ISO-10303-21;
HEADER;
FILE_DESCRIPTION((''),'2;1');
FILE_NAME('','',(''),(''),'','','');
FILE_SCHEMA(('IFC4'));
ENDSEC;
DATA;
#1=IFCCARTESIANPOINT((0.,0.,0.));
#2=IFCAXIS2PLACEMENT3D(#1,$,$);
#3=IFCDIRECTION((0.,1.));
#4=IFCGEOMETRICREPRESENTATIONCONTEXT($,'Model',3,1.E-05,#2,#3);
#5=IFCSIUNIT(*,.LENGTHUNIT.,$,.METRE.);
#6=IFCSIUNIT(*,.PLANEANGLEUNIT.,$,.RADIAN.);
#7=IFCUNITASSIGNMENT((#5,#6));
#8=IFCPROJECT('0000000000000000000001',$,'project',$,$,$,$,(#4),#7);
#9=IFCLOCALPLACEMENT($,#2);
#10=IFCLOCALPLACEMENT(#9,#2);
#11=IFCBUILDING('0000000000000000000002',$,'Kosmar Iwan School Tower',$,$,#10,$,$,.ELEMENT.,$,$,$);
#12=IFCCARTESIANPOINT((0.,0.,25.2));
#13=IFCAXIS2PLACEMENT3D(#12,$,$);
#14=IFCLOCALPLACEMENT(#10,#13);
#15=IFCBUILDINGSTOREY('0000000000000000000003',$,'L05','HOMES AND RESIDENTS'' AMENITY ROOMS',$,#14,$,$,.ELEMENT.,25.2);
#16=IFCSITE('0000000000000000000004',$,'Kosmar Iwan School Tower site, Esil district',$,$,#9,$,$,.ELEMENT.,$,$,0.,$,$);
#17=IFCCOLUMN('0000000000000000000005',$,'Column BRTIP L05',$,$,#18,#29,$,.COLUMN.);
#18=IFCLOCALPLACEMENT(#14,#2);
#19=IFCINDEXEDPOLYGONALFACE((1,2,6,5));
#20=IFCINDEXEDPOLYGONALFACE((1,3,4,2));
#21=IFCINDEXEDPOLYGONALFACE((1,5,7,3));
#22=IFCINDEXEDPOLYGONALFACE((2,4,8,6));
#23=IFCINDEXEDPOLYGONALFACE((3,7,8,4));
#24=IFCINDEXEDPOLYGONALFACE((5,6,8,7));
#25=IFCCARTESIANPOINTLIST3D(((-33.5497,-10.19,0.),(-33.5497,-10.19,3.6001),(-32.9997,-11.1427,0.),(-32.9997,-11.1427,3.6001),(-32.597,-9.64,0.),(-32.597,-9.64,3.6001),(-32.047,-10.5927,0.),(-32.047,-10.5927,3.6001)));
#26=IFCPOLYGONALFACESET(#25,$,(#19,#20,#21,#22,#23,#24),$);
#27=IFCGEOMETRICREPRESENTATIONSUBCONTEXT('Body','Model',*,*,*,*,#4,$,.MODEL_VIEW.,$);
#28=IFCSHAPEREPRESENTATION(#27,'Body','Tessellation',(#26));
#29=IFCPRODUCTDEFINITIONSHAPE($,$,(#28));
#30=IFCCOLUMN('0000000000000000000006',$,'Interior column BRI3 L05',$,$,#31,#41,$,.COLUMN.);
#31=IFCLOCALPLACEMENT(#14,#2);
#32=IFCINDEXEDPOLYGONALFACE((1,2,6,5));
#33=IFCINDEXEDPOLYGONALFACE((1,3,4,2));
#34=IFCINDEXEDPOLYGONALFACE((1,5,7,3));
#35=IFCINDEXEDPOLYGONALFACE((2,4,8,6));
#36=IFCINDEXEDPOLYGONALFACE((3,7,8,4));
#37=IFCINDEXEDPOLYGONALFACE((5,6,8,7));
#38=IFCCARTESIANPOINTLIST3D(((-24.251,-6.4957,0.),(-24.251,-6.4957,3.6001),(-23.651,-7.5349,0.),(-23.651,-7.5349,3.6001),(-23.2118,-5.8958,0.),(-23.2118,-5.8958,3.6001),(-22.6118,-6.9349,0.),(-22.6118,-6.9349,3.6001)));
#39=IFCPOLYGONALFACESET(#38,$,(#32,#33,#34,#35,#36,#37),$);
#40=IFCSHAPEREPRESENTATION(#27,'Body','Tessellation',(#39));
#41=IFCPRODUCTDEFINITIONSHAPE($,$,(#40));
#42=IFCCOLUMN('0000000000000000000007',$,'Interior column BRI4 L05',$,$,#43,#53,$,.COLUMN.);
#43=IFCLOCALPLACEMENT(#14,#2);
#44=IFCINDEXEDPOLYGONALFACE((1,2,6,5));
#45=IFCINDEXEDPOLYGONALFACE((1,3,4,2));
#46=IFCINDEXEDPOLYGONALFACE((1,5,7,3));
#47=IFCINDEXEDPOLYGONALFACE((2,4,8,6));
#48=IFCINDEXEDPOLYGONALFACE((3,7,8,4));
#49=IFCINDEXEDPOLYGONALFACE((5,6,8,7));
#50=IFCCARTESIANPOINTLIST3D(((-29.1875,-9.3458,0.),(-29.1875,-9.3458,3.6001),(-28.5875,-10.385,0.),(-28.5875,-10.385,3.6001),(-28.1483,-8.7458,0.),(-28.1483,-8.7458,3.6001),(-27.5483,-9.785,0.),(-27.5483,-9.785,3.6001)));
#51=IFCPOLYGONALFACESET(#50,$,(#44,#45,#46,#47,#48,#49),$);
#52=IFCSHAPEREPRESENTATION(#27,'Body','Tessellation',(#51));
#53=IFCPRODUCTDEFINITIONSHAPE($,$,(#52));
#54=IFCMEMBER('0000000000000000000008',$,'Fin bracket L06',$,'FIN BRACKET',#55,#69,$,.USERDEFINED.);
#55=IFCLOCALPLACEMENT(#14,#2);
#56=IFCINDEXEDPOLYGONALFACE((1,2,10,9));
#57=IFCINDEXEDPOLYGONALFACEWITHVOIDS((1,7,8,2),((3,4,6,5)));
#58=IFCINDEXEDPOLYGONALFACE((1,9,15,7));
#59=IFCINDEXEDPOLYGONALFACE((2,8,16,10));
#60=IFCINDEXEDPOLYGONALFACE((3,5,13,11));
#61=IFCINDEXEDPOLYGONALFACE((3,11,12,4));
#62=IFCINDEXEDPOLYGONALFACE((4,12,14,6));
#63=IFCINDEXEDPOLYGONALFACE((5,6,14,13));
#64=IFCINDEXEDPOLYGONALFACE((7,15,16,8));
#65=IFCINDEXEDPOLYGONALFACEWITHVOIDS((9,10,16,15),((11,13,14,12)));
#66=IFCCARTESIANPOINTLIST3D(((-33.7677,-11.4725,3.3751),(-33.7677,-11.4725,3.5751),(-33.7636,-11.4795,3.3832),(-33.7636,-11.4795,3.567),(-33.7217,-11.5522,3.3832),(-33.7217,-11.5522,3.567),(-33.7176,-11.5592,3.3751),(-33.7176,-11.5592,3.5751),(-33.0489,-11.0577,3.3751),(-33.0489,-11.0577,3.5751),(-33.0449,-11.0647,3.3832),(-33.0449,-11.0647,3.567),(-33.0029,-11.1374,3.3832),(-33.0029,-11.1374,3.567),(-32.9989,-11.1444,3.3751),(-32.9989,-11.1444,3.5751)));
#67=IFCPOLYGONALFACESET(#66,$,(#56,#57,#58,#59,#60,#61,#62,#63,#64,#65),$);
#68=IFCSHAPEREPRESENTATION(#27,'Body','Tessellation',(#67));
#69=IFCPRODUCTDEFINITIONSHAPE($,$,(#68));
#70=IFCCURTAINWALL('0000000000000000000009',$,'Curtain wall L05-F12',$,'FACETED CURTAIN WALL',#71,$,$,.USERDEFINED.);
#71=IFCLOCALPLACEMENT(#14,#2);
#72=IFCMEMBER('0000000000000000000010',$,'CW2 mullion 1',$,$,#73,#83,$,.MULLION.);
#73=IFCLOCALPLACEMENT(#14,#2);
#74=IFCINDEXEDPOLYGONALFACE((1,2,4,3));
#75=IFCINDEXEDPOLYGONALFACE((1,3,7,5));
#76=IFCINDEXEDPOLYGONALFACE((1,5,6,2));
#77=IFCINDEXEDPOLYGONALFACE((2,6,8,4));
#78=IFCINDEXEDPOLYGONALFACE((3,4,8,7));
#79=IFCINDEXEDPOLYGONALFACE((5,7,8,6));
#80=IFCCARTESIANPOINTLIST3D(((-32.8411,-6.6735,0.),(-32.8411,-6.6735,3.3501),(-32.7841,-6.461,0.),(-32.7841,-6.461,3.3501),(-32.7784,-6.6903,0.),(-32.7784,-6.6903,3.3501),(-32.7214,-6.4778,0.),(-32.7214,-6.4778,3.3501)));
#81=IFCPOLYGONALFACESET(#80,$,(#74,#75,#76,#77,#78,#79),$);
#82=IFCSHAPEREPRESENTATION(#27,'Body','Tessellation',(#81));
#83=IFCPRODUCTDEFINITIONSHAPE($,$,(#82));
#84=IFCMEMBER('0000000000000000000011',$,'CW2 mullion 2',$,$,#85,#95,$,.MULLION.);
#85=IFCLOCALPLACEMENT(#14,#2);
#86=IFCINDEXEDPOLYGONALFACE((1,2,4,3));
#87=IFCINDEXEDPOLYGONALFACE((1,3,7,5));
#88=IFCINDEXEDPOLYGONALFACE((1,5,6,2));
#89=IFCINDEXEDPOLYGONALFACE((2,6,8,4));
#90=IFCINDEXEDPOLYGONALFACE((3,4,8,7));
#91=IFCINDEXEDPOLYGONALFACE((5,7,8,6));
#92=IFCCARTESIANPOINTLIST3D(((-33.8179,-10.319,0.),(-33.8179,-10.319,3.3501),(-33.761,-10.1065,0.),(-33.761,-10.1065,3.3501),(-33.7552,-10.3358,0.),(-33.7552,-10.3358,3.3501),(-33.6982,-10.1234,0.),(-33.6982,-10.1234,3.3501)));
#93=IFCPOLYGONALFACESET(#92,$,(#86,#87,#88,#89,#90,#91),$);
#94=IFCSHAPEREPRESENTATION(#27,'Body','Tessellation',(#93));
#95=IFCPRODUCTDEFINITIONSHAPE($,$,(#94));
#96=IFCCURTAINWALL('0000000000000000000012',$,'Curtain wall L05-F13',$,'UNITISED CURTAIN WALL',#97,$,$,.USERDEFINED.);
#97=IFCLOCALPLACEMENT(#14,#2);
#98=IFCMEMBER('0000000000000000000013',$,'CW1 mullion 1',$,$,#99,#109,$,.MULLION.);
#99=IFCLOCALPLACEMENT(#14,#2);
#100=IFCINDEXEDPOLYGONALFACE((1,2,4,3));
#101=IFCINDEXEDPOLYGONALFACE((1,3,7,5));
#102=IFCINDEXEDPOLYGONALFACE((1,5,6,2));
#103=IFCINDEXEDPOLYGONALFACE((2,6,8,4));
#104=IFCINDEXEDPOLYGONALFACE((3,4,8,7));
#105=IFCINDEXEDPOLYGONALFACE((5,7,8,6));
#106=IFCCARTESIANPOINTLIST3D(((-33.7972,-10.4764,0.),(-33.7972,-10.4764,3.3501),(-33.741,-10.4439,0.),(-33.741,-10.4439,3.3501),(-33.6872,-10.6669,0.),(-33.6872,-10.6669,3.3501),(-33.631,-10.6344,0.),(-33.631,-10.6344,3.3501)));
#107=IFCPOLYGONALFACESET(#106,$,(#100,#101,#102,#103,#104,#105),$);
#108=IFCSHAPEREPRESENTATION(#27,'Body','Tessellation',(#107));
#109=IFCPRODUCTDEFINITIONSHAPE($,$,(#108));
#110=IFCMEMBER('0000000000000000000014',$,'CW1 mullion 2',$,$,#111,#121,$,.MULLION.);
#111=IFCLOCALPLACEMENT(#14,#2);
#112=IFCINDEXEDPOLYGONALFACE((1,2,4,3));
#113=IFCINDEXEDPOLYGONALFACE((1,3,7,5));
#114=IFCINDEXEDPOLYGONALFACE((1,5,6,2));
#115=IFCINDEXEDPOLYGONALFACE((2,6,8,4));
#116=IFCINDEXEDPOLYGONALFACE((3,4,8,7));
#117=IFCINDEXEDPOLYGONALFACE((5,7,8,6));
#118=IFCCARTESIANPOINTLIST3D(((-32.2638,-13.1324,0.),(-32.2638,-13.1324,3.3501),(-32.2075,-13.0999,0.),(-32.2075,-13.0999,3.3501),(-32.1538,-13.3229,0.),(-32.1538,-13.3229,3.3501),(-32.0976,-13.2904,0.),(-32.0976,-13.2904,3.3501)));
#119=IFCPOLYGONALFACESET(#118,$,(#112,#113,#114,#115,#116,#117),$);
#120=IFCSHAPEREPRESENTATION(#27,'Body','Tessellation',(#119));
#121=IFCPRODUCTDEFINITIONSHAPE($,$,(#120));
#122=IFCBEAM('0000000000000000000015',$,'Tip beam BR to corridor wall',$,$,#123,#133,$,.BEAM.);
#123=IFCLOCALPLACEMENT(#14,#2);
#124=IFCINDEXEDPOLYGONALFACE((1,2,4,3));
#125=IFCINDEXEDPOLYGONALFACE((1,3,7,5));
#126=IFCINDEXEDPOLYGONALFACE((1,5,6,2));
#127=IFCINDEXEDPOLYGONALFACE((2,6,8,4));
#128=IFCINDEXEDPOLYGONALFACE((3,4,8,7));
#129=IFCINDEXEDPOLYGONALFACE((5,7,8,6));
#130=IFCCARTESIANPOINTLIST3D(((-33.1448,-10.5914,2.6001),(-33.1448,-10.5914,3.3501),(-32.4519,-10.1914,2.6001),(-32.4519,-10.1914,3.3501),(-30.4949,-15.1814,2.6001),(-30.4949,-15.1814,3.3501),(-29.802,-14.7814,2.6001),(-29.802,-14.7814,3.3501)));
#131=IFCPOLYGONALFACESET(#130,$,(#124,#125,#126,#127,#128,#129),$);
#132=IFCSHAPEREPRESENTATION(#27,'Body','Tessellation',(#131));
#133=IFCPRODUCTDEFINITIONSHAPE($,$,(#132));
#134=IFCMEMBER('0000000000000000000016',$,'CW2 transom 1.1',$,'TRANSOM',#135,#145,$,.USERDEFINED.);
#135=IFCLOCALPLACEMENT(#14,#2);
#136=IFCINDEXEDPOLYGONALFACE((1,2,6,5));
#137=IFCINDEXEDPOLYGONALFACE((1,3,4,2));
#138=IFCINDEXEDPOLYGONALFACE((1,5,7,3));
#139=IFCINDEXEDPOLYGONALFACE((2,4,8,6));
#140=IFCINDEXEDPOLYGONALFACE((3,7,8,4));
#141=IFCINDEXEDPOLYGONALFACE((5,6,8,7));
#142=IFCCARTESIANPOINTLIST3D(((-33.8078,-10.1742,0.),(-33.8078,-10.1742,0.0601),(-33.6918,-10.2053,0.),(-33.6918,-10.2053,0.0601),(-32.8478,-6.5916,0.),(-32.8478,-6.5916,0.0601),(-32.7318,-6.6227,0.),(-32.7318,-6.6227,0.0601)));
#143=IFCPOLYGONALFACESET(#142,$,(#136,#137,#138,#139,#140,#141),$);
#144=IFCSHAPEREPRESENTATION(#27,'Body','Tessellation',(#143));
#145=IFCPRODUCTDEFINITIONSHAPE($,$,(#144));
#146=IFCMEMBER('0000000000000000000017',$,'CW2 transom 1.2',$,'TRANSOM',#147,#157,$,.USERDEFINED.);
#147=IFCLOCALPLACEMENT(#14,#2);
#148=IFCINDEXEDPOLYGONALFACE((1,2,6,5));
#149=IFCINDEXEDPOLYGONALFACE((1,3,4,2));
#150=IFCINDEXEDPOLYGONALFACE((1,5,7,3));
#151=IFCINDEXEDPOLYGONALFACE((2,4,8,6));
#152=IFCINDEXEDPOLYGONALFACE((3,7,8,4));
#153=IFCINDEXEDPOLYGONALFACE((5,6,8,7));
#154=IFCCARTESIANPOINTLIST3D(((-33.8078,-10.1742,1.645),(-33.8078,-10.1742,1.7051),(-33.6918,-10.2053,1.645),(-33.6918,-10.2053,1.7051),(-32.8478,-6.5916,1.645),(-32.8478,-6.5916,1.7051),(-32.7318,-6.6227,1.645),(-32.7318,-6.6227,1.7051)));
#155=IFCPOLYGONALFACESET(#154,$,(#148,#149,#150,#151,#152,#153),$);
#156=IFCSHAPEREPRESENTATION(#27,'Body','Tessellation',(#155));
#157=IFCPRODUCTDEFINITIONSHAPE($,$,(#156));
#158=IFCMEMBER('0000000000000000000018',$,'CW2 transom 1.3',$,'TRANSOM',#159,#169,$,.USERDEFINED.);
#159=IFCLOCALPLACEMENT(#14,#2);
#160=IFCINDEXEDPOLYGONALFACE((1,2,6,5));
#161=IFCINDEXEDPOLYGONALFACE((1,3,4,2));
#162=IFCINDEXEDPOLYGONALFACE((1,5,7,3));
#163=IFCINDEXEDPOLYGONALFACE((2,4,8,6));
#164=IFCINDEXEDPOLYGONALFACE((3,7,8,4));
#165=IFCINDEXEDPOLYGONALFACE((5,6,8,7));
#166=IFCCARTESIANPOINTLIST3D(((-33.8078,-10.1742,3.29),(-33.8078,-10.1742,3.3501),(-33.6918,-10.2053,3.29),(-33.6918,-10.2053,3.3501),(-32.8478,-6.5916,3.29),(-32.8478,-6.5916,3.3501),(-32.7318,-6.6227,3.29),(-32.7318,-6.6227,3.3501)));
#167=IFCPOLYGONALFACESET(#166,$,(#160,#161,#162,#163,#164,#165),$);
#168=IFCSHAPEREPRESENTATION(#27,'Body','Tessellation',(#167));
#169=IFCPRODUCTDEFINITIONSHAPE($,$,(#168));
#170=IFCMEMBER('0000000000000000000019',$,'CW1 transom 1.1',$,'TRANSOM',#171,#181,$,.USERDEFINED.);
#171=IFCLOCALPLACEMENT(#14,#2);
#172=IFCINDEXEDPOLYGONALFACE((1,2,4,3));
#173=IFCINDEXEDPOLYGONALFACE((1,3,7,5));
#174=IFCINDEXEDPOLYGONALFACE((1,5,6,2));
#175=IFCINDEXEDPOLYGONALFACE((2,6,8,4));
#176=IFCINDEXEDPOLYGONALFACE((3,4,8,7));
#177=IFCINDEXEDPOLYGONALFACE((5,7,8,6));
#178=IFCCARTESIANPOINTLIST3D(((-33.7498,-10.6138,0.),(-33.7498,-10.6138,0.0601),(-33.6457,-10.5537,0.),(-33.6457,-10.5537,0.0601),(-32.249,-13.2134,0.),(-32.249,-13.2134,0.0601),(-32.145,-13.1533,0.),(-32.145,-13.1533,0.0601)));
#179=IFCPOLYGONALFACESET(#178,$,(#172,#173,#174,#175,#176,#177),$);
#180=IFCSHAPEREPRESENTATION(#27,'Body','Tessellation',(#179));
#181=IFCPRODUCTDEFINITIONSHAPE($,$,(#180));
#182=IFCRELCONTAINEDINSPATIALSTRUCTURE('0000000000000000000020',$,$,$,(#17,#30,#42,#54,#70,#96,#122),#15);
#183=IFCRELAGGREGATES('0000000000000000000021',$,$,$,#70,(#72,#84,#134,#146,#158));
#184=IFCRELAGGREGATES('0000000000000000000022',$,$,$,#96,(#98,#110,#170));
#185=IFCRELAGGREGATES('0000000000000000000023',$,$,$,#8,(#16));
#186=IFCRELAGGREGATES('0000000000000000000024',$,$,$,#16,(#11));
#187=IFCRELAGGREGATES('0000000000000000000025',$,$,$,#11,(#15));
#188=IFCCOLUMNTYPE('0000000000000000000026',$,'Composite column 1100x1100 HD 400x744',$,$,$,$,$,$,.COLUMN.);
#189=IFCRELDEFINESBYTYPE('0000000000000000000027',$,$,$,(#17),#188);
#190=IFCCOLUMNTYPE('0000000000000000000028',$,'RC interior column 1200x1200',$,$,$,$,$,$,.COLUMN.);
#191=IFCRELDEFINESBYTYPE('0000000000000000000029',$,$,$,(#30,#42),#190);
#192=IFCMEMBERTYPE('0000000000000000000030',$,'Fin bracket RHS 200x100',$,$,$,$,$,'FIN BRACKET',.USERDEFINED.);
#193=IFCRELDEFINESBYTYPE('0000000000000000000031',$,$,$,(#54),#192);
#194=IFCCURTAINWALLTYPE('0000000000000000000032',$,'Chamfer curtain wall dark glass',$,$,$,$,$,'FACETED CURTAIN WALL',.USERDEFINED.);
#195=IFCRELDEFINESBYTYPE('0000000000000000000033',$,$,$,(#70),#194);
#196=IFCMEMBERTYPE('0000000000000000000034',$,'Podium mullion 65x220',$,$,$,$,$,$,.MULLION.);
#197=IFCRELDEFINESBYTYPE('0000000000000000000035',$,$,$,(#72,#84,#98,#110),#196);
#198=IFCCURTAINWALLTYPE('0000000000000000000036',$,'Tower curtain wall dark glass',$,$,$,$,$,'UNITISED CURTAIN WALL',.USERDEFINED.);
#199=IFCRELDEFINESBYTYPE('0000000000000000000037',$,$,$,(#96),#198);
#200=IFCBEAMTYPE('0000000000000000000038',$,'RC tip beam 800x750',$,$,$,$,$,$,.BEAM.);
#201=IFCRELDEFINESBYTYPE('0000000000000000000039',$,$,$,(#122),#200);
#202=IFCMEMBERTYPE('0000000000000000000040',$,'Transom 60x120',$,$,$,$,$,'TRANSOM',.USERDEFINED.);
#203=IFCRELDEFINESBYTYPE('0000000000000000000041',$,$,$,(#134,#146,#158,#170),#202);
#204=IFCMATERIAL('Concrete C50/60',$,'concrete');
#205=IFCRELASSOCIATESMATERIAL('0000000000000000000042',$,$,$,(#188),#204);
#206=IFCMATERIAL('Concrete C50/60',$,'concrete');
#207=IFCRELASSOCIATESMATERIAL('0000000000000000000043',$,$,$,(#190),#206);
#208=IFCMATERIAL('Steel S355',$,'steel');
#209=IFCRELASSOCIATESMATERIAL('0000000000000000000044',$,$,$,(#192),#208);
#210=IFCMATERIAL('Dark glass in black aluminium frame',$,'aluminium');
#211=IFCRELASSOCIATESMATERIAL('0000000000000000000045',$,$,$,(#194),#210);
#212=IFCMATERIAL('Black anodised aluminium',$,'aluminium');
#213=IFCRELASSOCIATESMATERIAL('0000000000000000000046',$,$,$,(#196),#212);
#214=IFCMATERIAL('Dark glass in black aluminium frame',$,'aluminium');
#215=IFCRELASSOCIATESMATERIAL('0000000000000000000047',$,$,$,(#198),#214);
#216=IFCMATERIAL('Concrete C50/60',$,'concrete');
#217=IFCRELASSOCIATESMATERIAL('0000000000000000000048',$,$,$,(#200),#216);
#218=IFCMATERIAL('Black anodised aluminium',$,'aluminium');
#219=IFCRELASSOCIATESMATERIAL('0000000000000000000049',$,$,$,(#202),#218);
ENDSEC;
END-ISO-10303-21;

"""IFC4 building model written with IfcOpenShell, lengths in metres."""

from ifc_helpers import new_model, si_unit, direction, frame, origin, origin_2d, place, context, subcontext, project, spatial, rectangle, hollow_rectangle, extrude, material, material_profile, profile_set, type_object, element, aggregate, save


model = new_model("IFC4")

# Units and contexts
model_context = context("Model", 3, precision=1e-05, world=origin(), true_north=direction((0.0, 1.0)))
body_context = subcontext(model_context, "Body", "Model", "MODEL_VIEW")
ifc_project = project(units=[si_unit("LENGTHUNIT", "METRE"), si_unit("PLANEANGLEUNIT", "RADIAN")], contexts=[model_context])

# Site, building, storey
site_placement = place(None, origin())
site = spatial("IfcSite", under=ifc_project, at=site_placement, Name="Kosmar Iwan School Tower site, Esil district", CompositionType="ELEMENT", RefElevation=0.0)
building_placement = place(site_placement, origin())
building = spatial("IfcBuilding", under=site, at=building_placement, Name="Kosmar Iwan School Tower", CompositionType="ELEMENT")
storey_placement = place(building_placement, frame((0.0, 0.0, 25.2)))
storey = spatial("IfcBuildingStorey", under=building, at=storey_placement, Name="L05", Description="HOMES AND RESIDENTS' AMENITY ROOMS", CompositionType="ELEMENT", Elevation=25.2)

# Columns
ifc_material_1 = material(Name="Concrete C50/60", Category="concrete")
ifc_material_profile_1 = material_profile(ifc_material_1, rectangle(XDim=1.1001, YDim=1.1001, at=origin_2d()), Name="RC 1100x1100 + HD 400x744")
ifc_profile_set_1 = profile_set([ifc_material_profile_1], Name="Concrete C50/60")
column_type_1 = type_object("IfcColumnType", Name="Composite column 1100x1100 HD 400x744", PredefinedType="COLUMN", material=ifc_profile_set_1)
column_placement = place(storey_placement, frame((-32.7983, -10.3914, 0.0), z_axis=(0.0, 0.0, 1.0), x_axis=(-0.866025, -0.5, 0.0)))
element("IfcColumn", 1, at=column_placement, inside=storey, type_object=column_type_1, Name="Column BRTIP L05", PredefinedType="COLUMN", context=body_context, shape_type="SweptSolid", body=[
    extrude(rectangle(XDim=1.1001, YDim=1.1001, at=origin_2d()), origin(), (0.0, 0.0, 1.0), 3.6001),
])
ifc_material_2 = material(Name="Concrete C50/60", Category="concrete")
ifc_material_profile_2 = material_profile(ifc_material_2, rectangle(XDim=1.2, YDim=1.2, at=origin_2d()), Name="RC 1200x1200")
ifc_profile_set_2 = profile_set([ifc_material_profile_2], Name="Concrete C50/60")
column_type_2 = type_object("IfcColumnType", Name="RC interior column 1200x1200", PredefinedType="COLUMN", material=ifc_profile_set_2)
for number, where, z_axis, x_axis, name in (
    (2, (-23.4314, -6.7153, 0.0), (0.0, 0.0, 1.0), (-0.866025, -0.5, 0.0), "Interior column BRI3 L05"),
    (3, (-28.3679, -9.5654, 0.0), (0.0, 0.0, 1.0), (-0.866025, -0.5, 0.0), "Interior column BRI4 L05"),
):
    element("IfcColumn", number, at=place(storey_placement, frame(where, z_axis=z_axis, x_axis=x_axis)), inside=storey, type_object=column_type_2, Name=name, PredefinedType="COLUMN", context=body_context, shape_type="SweptSolid", body=[
        extrude(rectangle(XDim=1.2, YDim=1.2, at=origin_2d()), origin(), (0.0, 0.0, 1.0), 3.6001),
    ])

# Member
ifc_material_3 = material(Name="Steel S355", Category="steel")
ifc_material_profile_3 = material_profile(ifc_material_3, hollow_rectangle(XDim=0.1001, YDim=0.2, WallThickness=0.0081, at=origin_2d()), Name="RHS 200x100x8")
ifc_profile_set_3 = profile_set([ifc_material_profile_3], Name="Steel S355")
member_type_1 = type_object("IfcMemberType", Name="Fin bracket RHS 200x100", ElementType="FIN BRACKET", PredefinedType="USERDEFINED", material=ifc_profile_set_3)
member_1_placement = place(storey_placement, frame((-33.0239, -11.1011, 3.4751), z_axis=(-0.866117, -0.499841, 0.0), x_axis=(0.499841, -0.866117, 0.0)))
element("IfcMember", 4, at=member_1_placement, inside=storey, type_object=member_type_1, Name="Fin bracket L06", ObjectType="FIN BRACKET", PredefinedType="USERDEFINED", context=body_context, shape_type="SweptSolid", body=[
    extrude(hollow_rectangle(XDim=0.1001, YDim=0.2, WallThickness=0.0081, at=origin_2d()), origin(), (0.0, 0.0, 1.0), 0.8298),
])

# Curtain walls, members
ifc_material_4 = material(Name="Dark glass in black aluminium frame", Category="aluminium")
curtain_wall_type_1 = type_object("IfcCurtainWallType", Name="Chamfer curtain wall dark glass", ElementType="FACETED CURTAIN WALL", PredefinedType="USERDEFINED", material=ifc_material_4)
curtain_wall_1_placement = place(storey_placement, origin())
curtain_wall_1 = element("IfcCurtainWall", 5, at=curtain_wall_1_placement, inside=storey, type_object=curtain_wall_type_1, Name="Curtain wall L05-F12", ObjectType="FACETED CURTAIN WALL", PredefinedType="USERDEFINED")
ifc_material_5 = material(Name="Black anodised aluminium", Category="aluminium")
ifc_material_profile_4 = material_profile(ifc_material_5, rectangle(XDim=0.0649, YDim=0.22, at=origin_2d()), Name="MULLION 65x220")
ifc_profile_set_4 = profile_set([ifc_material_profile_4], Name="Black anodised aluminium")
member_type_2 = type_object("IfcMemberType", Name="Podium mullion 65x220", PredefinedType="MULLION", material=ifc_profile_set_4)
member_2_placement = place(storey_placement, frame((-32.7812, -6.5757, 0.0), z_axis=(0.0, 0.0, 1.0), x_axis=(0.965926, -0.258819, 0.0)))
member_2 = element("IfcMember", 6, at=member_2_placement, type_object=member_type_2, Name="CW2 mullion 1", PredefinedType="MULLION", context=body_context, shape_type="SweptSolid", body=[
    extrude(rectangle(XDim=0.0649, YDim=0.22, at=origin_2d()), origin(), (0.0, 0.0, 1.0), 3.3501),
])
member_3_placement = place(storey_placement, frame((-33.7581, -10.2212, 0.0), z_axis=(0.0, 0.0, 1.0), x_axis=(0.965926, -0.258819, 0.0)))
member_3 = element("IfcMember", 7, at=member_3_placement, type_object=member_type_2, Name="CW2 mullion 2", PredefinedType="MULLION", context=body_context, shape_type="SweptSolid", body=[
    extrude(rectangle(XDim=0.0649, YDim=0.22, at=origin_2d()), origin(), (0.0, 0.0, 1.0), 3.3501),
])
ifc_material_6 = material(Name="Dark glass in black aluminium frame", Category="aluminium")
curtain_wall_type_2 = type_object("IfcCurtainWallType", Name="Tower curtain wall dark glass", ElementType="UNITISED CURTAIN WALL", PredefinedType="USERDEFINED", material=ifc_material_6)
curtain_wall_2_placement = place(storey_placement, origin())
curtain_wall_2 = element("IfcCurtainWall", 8, at=curtain_wall_2_placement, inside=storey, type_object=curtain_wall_type_2, Name="Curtain wall L05-F13", ObjectType="UNITISED CURTAIN WALL", PredefinedType="USERDEFINED")
member_4_placement = place(storey_placement, frame((-33.7141, -10.5554, 0.0), z_axis=(0.0, 0.0, 1.0), x_axis=(0.866025, 0.5, 0.0)))
member_4 = element("IfcMember", 9, at=member_4_placement, type_object=member_type_2, Name="CW1 mullion 1", PredefinedType="MULLION", context=body_context, shape_type="SweptSolid", body=[
    extrude(rectangle(XDim=0.0649, YDim=0.22, at=origin_2d()), origin(), (0.0, 0.0, 1.0), 3.3501),
])
member_5_placement = place(storey_placement, frame((-32.1807, -13.2114, 0.0), z_axis=(0.0, 0.0, 1.0), x_axis=(0.866025, 0.5, 0.0)))
member_5 = element("IfcMember", 10, at=member_5_placement, type_object=member_type_2, Name="CW1 mullion 2", PredefinedType="MULLION", context=body_context, shape_type="SweptSolid", body=[
    extrude(rectangle(XDim=0.0649, YDim=0.22, at=origin_2d()), origin(), (0.0, 0.0, 1.0), 3.3501),
])

# Beam
ifc_material_7 = material(Name="Concrete C50/60", Category="concrete")
ifc_material_profile_5 = material_profile(ifc_material_7, rectangle(XDim=0.8, YDim=0.75, at=origin_2d()), Name="RC 800x750")
ifc_profile_set_5 = profile_set([ifc_material_profile_5], Name="Concrete C50/60")
beam_type = type_object("IfcBeamType", Name="RC tip beam 800x750", PredefinedType="BEAM", material=ifc_profile_set_5)
beam_placement = place(storey_placement, frame((-32.7983, -10.3914, 2.9751), z_axis=(0.499974, -0.866041, 0.0), x_axis=(0.866041, 0.499974, 0.0)))
element("IfcBeam", 11, at=beam_placement, inside=storey, type_object=beam_type, Name="Tip beam BR to corridor wall", PredefinedType="BEAM", context=body_context, shape_type="SweptSolid", body=[
    extrude(rectangle(XDim=0.8, YDim=0.75, at=origin_2d()), origin(), (0.0, 0.0, 1.0), 5.3),
])

# Members
ifc_material_8 = material(Name="Black anodised aluminium", Category="aluminium")
ifc_material_profile_6 = material_profile(ifc_material_8, rectangle(XDim=0.1201, YDim=0.0601, at=origin_2d()), Name="TRANSOM 60x120")
ifc_profile_set_6 = profile_set([ifc_material_profile_6], Name="Black anodised aluminium")
member_type_3 = type_object("IfcMemberType", Name="Transom 60x120", ElementType="TRANSOM", PredefinedType="USERDEFINED", material=ifc_profile_set_6)
member_6_placement = place(storey_placement, frame((-32.7898, -6.6072, 0.03), z_axis=(-0.258826, -0.965924, 0.0), x_axis=(0.965924, -0.258826, 0.0)))
member_6 = element("IfcMember", 12, at=member_6_placement, type_object=member_type_3, Name="CW2 transom 1.1", ObjectType="TRANSOM", PredefinedType="USERDEFINED", context=body_context, shape_type="SweptSolid", body=[
    extrude(rectangle(XDim=0.1201, YDim=0.0601, at=origin_2d()), origin(), (0.0, 0.0, 1.0), 3.709),
])
member_7_placement = place(storey_placement, frame((-32.7898, -6.6072, 1.675), z_axis=(-0.258826, -0.965924, 0.0), x_axis=(0.965924, -0.258826, 0.0)))
member_7 = element("IfcMember", 13, at=member_7_placement, type_object=member_type_3, Name="CW2 transom 1.2", ObjectType="TRANSOM", PredefinedType="USERDEFINED", context=body_context, shape_type="SweptSolid", body=[
    extrude(rectangle(XDim=0.1201, YDim=0.0601, at=origin_2d()), origin(), (0.0, 0.0, 1.0), 3.709),
])
member_8_placement = place(storey_placement, frame((-32.7898, -6.6072, 3.3201), z_axis=(-0.258826, -0.965924, 0.0), x_axis=(0.965924, -0.258826, 0.0)))
member_8 = element("IfcMember", 14, at=member_8_placement, type_object=member_type_3, Name="CW2 transom 1.3", ObjectType="TRANSOM", PredefinedType="USERDEFINED", context=body_context, shape_type="SweptSolid", body=[
    extrude(rectangle(XDim=0.1201, YDim=0.0601, at=origin_2d()), origin(), (0.0, 0.0, 1.0), 3.709),
])
member_9_placement = place(storey_placement, frame((-33.6978, -10.5837, 0.03), z_axis=(0.499962, -0.866047, 0.0), x_axis=(0.866047, 0.499962, 0.0)))
member_9 = element("IfcMember", 15, at=member_9_placement, type_object=member_type_3, Name="CW1 transom 1.1", ObjectType="TRANSOM", PredefinedType="USERDEFINED", context=body_context, shape_type="SweptSolid", body=[
    extrude(rectangle(XDim=0.1201, YDim=0.0601, at=origin_2d()), origin(), (0.0, 0.0, 1.0), 3.0017),
])

aggregate(curtain_wall_1, [member_2, member_3, member_6, member_7, member_8])
aggregate(curtain_wall_2, [member_4, member_5, member_9])

save(model, "model.ifc")
